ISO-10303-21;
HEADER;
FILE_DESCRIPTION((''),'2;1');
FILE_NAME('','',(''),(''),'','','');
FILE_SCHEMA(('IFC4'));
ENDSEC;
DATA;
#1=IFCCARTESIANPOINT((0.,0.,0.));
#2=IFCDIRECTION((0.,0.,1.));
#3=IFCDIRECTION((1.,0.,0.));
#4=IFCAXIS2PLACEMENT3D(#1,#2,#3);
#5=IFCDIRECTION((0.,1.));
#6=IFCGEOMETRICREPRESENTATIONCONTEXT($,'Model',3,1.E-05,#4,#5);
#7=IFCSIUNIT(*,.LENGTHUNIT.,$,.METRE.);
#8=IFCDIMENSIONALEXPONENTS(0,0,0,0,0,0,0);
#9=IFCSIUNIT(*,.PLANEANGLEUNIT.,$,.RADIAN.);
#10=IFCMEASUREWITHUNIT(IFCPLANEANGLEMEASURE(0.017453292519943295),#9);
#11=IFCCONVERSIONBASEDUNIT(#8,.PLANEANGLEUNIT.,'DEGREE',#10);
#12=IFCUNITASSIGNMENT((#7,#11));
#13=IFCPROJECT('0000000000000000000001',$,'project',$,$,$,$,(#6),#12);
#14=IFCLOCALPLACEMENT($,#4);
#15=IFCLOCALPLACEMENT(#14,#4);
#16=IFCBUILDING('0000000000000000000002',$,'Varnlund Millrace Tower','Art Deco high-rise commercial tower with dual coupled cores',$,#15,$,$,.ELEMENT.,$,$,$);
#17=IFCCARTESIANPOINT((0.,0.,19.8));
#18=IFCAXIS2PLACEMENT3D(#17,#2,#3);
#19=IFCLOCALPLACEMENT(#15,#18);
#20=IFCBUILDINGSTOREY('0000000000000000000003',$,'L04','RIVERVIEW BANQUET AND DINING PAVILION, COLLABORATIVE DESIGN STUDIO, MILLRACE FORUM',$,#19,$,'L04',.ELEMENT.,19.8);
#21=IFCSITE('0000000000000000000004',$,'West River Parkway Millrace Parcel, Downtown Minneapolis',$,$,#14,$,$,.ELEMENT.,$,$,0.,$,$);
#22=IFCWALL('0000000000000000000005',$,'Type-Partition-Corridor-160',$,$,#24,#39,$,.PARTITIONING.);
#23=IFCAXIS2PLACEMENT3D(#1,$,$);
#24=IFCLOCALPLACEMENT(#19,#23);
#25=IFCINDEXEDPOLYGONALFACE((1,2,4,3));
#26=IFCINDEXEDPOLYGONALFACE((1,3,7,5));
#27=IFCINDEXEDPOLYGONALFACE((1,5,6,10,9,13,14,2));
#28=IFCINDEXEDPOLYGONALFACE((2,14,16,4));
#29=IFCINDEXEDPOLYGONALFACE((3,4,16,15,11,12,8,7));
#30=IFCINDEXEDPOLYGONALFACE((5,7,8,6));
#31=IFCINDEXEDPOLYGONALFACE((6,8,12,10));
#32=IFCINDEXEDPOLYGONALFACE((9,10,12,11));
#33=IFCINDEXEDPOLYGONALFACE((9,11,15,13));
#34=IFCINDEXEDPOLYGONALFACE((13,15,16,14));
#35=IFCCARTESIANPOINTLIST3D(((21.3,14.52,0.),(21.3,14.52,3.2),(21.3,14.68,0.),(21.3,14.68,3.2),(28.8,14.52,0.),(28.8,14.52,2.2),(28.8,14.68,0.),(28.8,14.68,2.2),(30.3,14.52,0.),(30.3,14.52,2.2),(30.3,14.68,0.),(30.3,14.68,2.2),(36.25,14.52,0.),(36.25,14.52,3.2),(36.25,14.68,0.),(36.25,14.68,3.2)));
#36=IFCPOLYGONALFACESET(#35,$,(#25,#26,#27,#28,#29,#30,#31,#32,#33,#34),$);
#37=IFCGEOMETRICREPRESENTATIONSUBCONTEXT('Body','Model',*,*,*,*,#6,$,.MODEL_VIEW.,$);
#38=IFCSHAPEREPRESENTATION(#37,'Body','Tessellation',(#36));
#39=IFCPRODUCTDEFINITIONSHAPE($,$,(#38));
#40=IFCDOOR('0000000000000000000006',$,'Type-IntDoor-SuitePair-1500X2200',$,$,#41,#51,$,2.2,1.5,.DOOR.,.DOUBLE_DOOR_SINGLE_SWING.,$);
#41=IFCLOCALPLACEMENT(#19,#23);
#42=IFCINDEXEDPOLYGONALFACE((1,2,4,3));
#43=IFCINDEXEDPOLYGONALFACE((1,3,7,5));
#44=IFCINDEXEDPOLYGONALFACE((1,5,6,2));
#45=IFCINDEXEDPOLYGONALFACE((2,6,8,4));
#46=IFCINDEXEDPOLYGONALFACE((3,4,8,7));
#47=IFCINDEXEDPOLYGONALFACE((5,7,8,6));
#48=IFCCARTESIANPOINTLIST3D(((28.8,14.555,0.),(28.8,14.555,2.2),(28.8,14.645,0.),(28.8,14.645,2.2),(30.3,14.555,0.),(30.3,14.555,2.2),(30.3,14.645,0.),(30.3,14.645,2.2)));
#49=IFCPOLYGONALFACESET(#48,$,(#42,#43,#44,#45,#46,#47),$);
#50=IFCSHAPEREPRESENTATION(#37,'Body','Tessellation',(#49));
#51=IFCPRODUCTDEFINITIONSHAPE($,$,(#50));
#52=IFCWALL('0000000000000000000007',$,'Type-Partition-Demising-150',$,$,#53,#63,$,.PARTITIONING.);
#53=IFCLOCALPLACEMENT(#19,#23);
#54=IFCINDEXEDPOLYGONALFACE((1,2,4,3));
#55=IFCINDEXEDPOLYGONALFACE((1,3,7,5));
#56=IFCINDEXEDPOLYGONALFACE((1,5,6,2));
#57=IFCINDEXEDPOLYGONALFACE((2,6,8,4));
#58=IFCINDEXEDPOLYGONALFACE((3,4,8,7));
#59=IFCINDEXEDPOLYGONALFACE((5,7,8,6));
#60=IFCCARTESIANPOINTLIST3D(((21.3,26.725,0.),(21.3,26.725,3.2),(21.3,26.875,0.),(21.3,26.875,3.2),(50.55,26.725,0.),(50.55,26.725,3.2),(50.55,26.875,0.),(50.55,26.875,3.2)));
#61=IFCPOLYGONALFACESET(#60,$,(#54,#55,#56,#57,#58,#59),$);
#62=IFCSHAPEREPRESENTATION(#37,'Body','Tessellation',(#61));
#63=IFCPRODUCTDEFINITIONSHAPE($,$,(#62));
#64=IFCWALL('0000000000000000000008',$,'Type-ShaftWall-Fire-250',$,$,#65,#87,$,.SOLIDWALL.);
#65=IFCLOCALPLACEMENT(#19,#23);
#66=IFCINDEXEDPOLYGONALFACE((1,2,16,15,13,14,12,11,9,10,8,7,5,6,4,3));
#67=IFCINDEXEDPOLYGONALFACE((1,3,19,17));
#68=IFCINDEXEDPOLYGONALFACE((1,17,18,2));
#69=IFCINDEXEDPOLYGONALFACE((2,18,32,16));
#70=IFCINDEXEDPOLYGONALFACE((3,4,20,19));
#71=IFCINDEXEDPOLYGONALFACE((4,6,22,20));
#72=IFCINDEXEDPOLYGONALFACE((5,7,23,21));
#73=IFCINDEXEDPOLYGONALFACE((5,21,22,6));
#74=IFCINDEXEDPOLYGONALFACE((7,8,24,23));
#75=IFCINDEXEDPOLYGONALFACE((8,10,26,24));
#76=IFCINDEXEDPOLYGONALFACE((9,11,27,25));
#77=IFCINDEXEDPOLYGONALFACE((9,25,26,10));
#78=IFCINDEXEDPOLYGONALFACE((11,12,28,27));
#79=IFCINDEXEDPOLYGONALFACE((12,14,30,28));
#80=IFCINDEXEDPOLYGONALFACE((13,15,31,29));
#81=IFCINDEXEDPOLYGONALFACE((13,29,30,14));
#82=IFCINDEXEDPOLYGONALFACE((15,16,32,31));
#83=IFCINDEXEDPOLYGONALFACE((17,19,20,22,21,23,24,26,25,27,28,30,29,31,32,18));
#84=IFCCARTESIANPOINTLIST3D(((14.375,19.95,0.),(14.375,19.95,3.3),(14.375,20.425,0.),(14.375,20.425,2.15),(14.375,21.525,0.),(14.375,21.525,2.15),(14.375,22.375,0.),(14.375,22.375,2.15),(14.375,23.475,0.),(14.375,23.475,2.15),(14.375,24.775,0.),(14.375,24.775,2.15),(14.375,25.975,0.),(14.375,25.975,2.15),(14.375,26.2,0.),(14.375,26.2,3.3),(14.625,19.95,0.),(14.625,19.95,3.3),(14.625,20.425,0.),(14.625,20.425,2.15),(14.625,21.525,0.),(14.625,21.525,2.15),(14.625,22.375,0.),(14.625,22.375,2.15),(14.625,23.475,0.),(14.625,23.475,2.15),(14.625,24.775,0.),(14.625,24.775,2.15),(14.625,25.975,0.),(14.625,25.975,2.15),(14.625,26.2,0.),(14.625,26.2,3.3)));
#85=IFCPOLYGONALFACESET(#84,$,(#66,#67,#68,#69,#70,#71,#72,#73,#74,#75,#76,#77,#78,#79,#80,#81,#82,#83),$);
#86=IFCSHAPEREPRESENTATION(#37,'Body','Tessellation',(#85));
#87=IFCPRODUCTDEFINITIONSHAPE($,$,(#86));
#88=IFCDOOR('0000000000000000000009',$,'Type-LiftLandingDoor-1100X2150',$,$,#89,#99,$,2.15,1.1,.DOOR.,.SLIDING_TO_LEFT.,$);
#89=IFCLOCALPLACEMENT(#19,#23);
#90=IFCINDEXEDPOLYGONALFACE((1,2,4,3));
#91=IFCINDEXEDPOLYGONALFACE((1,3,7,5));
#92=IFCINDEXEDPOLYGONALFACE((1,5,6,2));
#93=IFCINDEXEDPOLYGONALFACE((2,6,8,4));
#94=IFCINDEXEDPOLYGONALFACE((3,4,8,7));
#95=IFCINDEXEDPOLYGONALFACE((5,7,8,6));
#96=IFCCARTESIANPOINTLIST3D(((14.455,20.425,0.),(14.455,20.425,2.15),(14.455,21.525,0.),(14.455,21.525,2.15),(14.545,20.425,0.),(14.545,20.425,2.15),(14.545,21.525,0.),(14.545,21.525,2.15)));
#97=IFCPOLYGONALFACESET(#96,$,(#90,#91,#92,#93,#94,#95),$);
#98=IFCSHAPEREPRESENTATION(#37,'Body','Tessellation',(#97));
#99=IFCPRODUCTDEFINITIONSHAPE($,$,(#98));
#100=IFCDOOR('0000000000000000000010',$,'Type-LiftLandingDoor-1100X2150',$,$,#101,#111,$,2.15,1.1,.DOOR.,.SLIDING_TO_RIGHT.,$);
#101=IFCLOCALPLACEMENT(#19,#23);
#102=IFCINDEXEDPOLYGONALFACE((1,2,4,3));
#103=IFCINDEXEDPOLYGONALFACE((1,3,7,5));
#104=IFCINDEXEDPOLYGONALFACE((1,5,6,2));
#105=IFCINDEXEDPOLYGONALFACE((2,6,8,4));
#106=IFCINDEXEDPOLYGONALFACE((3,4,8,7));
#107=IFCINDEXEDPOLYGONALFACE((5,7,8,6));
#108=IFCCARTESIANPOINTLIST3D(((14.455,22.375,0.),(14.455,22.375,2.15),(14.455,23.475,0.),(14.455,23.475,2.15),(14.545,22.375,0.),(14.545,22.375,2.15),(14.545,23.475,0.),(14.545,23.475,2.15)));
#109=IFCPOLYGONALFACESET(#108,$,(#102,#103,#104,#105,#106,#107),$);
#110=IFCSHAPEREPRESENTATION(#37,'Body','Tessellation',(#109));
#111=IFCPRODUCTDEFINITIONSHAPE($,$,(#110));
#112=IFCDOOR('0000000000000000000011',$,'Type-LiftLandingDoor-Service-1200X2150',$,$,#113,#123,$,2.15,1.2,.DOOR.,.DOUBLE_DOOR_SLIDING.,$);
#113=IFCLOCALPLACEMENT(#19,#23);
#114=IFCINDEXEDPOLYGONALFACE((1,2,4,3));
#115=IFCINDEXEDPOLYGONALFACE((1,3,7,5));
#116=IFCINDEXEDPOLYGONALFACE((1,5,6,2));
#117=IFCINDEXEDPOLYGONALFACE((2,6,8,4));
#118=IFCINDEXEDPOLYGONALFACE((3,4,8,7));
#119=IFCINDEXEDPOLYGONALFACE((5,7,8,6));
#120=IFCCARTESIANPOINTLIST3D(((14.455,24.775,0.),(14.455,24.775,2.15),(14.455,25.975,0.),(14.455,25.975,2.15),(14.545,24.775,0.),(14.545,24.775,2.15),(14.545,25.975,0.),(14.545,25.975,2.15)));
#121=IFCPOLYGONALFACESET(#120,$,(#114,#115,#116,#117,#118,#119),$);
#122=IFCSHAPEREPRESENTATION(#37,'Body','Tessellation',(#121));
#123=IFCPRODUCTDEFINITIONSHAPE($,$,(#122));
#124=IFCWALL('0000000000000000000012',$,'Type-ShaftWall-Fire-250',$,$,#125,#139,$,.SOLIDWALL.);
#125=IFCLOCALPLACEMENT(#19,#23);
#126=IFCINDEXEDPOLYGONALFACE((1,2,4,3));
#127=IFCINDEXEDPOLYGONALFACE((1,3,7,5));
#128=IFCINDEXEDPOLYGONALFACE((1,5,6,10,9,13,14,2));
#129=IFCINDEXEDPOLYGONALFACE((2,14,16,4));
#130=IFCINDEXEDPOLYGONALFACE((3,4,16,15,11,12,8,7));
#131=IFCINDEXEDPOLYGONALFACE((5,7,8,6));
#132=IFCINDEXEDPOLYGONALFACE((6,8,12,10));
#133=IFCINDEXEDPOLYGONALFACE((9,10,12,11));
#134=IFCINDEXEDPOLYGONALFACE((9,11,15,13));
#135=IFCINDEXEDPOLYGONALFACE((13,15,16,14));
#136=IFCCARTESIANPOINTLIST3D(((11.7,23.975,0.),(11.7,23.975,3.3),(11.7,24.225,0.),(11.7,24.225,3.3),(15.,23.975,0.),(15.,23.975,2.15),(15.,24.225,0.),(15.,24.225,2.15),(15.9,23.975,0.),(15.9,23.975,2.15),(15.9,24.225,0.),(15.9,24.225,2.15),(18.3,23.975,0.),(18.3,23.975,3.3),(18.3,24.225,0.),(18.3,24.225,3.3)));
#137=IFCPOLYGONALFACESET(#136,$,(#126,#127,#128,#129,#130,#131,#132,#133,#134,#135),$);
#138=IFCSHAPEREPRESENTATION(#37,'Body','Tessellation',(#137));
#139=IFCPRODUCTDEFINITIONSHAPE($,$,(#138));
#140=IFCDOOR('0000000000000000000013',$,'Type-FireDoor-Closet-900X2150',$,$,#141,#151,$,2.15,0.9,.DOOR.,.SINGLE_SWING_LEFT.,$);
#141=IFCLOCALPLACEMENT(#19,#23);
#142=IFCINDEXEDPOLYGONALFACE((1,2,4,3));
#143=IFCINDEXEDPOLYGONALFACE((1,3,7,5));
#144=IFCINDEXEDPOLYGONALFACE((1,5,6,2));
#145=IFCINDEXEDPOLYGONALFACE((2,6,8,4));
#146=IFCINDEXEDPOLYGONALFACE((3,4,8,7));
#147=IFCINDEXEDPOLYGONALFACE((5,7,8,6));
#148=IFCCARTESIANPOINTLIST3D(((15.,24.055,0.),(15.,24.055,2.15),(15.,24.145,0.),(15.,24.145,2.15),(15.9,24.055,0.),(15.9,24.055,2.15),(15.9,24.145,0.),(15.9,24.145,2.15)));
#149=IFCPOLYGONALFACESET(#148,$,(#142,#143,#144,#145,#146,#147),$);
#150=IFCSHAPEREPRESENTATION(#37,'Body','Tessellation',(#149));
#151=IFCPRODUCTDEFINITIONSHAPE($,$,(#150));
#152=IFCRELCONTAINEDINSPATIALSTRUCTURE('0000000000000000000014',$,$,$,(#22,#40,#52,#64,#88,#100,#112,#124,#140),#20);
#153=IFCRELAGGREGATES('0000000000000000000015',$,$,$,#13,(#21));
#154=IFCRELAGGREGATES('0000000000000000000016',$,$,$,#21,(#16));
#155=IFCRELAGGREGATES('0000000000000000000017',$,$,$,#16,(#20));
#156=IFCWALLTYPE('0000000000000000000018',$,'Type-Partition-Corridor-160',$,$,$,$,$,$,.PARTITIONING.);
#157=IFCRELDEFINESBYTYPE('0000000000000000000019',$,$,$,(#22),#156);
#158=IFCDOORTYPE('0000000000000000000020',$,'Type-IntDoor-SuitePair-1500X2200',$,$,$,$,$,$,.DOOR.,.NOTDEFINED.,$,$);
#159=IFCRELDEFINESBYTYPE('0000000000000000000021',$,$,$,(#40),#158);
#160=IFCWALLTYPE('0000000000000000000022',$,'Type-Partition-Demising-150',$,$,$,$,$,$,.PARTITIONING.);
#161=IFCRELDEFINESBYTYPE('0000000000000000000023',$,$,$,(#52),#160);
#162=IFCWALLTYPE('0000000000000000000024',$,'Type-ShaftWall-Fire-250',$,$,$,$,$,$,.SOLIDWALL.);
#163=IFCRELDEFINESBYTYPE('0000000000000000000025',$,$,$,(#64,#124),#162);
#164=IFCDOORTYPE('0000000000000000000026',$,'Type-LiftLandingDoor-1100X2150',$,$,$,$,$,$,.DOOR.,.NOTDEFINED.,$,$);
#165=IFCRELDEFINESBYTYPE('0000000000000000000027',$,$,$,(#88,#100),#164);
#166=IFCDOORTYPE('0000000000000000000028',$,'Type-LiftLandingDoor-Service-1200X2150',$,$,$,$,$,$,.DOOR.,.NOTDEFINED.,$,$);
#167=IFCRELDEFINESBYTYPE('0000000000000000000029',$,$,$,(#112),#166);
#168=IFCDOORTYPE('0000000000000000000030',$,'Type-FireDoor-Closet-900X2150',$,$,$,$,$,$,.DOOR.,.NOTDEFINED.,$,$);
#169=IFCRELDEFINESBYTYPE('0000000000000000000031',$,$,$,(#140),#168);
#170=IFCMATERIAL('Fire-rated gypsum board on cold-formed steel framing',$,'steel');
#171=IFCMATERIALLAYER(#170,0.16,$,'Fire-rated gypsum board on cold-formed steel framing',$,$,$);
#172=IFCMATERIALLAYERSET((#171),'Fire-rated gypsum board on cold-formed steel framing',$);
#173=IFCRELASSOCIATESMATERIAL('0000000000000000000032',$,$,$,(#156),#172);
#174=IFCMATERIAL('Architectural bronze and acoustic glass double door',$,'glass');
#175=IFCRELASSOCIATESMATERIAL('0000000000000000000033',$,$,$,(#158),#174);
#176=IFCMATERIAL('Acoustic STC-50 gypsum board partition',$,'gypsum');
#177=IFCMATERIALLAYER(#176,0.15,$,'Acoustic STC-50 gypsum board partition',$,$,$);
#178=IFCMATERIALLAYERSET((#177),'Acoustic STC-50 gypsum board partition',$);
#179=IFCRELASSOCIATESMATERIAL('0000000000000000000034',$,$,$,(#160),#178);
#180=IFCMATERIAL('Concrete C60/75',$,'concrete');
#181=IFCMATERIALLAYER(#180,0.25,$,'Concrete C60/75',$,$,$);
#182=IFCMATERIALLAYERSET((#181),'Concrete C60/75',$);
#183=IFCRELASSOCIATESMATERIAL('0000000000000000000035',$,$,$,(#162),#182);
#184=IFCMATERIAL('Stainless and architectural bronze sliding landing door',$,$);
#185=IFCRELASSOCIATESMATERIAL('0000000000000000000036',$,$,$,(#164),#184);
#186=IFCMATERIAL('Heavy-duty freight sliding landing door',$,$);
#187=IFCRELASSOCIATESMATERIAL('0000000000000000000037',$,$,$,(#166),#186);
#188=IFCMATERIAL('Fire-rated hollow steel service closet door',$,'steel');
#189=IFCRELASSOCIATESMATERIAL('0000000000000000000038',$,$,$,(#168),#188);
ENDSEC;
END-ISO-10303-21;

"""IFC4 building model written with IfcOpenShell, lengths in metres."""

from ifc_helpers import new_model, entity, si_unit, converted_unit, direction, frame, origin_with_axes, origin_2d_with_axis, place, context, subcontext, project, spatial, polyline, rectangle, outline, extrude, material, layer, layer_set, type_object, element, fill, save


model = new_model("IFC4")

# Units and contexts
model_context = context("Model", 3, precision=1e-05, world=origin_with_axes(), true_north=direction((0.0, 1.0)))
body_context = subcontext(model_context, "Body", "Model", "MODEL_VIEW")
ifc_project = project(units=[si_unit("LENGTHUNIT", "METRE"), converted_unit("PLANEANGLEUNIT", "DEGREE", entity("IfcPlaneAngleMeasure", 0.017453292519943295), si_unit("PLANEANGLEUNIT", "RADIAN"), dimensions=[0, 0, 0, 0, 0, 0, 0])], contexts=[model_context])

# Site, building, storey
site_placement = place(None, origin_with_axes())
site = spatial("IfcSite", under=ifc_project, at=site_placement, Name="West River Parkway Millrace Parcel, Downtown Minneapolis", CompositionType="ELEMENT", RefElevation=0.0)
building_placement = place(site_placement, origin_with_axes())
building = spatial("IfcBuilding", under=site, at=building_placement, Name="Varnlund Millrace Tower", Description="Art Deco high-rise commercial tower with dual coupled cores", CompositionType="ELEMENT")
storey_placement = place(building_placement, frame((0.0, 0.0, 19.8), z_axis=(0.0, 0.0, 1.0), x_axis=(1.0, 0.0, 0.0)))
storey = spatial("IfcBuildingStorey", under=building, at=storey_placement, Name="L04", Description="RIVERVIEW BANQUET AND DINING PAVILION, COLLABORATIVE DESIGN STUDIO, MILLRACE FORUM", LongName="L04", CompositionType="ELEMENT", Elevation=19.8)

# Wall, opening, door
ifc_material_1 = material(Name="Fire-rated gypsum board on cold-formed steel framing", Category="steel")
ifc_layer_1 = layer(ifc_material_1, 0.16, Name="Fire-rated gypsum board on cold-formed steel framing")
ifc_layer_set_1 = layer_set([ifc_layer_1], Name="Fire-rated gypsum board on cold-formed steel framing")
wall_type_1 = type_object("IfcWallType", Name="Type-Partition-Corridor-160", PredefinedType="PARTITIONING", material=ifc_layer_set_1)
wall_1_placement = place(storey_placement, frame((21.3, 14.6, 0.0), z_axis=(0.0, 0.0, 1.0), x_axis=(1.0, 0.0, 0.0)))
wall_1 = element("IfcWall", 1, at=wall_1_placement, inside=storey, type_object=wall_type_1, Name="Type-Partition-Corridor-160", PredefinedType="PARTITIONING", context=body_context, shape_type="SweptSolid", body=[
    extrude(outline(polyline([(0.0, -0.08), (14.95, -0.08), (14.95, 0.08), (0.0, 0.08), (0.0, -0.08)])), origin_with_axes(), (0.0, 0.0, 1.0), 3.2),
])
opening_1_placement = place(wall_1_placement, frame((8.25, 0.0, 0.0), z_axis=(0.0, 0.0, 1.0), x_axis=(1.0, 0.0, 0.0)))
opening_1 = element("IfcOpeningElement", 2, at=opening_1_placement, cuts=wall_1, PredefinedType="OPENING", context=body_context, shape_type="SweptSolid", body=[
    extrude(rectangle(XDim=1.5, YDim=0.18, at=origin_2d_with_axis()), origin_with_axes(), (0.0, 0.0, 1.0), 2.2),
])
ifc_material_2 = material(Name="Architectural bronze and acoustic glass double door", Category="glass")
door_type_1 = type_object("IfcDoorType", Name="Type-IntDoor-SuitePair-1500X2200", OperationType="NOTDEFINED", PredefinedType="DOOR", material=ifc_material_2)
door_1_placement = place(wall_1_placement, frame((8.25, 0.0, 0.0), z_axis=(0.0, 0.0, 1.0), x_axis=(1.0, 0.0, 0.0)))
door_1 = element("IfcDoor", 3, at=door_1_placement, inside=storey, type_object=door_type_1, Name="Type-IntDoor-SuitePair-1500X2200", OperationType="DOUBLE_DOOR_SINGLE_SWING", OverallHeight=2.2, OverallWidth=1.5, PredefinedType="DOOR", context=body_context, shape_type="SweptSolid", body=[
    extrude(rectangle(XDim=1.5, YDim=0.09, at=origin_2d_with_axis()), origin_with_axes(), (0.0, 0.0, 1.0), 2.2),
])
fill(opening_1, door_1)

# Wall
ifc_material_3 = material(Name="Acoustic STC-50 gypsum board partition", Category="gypsum")
ifc_layer_2 = layer(ifc_material_3, 0.15, Name="Acoustic STC-50 gypsum board partition")
ifc_layer_set_2 = layer_set([ifc_layer_2], Name="Acoustic STC-50 gypsum board partition")
wall_type_2 = type_object("IfcWallType", Name="Type-Partition-Demising-150", PredefinedType="PARTITIONING", material=ifc_layer_set_2)
wall_2_placement = place(storey_placement, frame((21.3, 26.8, 0.0), z_axis=(0.0, 0.0, 1.0), x_axis=(1.0, 0.0, 0.0)))
element("IfcWall", 4, at=wall_2_placement, inside=storey, type_object=wall_type_2, Name="Type-Partition-Demising-150", PredefinedType="PARTITIONING", context=body_context, shape_type="SweptSolid", body=[
    extrude(outline(polyline([(0.0, -0.075), (29.25, -0.075), (29.25, 0.075), (0.0, 0.075), (0.0, -0.075)])), origin_with_axes(), (0.0, 0.0, 1.0), 3.2),
])

# Wall, openings, doors
ifc_material_4 = material(Name="Concrete C60/75", Category="concrete")
ifc_layer_3 = layer(ifc_material_4, 0.25, Name="Concrete C60/75")
ifc_layer_set_3 = layer_set([ifc_layer_3], Name="Concrete C60/75")
wall_type_3 = type_object("IfcWallType", Name="Type-ShaftWall-Fire-250", PredefinedType="SOLIDWALL", material=ifc_layer_set_3)
wall_3_placement = place(storey_placement, frame((14.5, 19.95, 0.0), z_axis=(0.0, 0.0, 1.0), x_axis=(0.0, 1.0, 0.0)))
wall_3 = element("IfcWall", 5, at=wall_3_placement, inside=storey, type_object=wall_type_3, Name="Type-ShaftWall-Fire-250", PredefinedType="SOLIDWALL", context=body_context, shape_type="SweptSolid", body=[
    extrude(outline(polyline([(0.0, -0.125), (6.25, -0.125), (6.25, 0.125), (0.0, 0.125), (0.0, -0.125)])), origin_with_axes(), (0.0, 0.0, 1.0), 3.3),
])
opening_2_placement = place(wall_3_placement, frame((1.025, 0.0, 0.0), z_axis=(0.0, 0.0, 1.0), x_axis=(1.0, 0.0, 0.0)))
opening_2 = element("IfcOpeningElement", 6, at=opening_2_placement, cuts=wall_3, PredefinedType="OPENING", context=body_context, shape_type="SweptSolid", body=[
    extrude(rectangle(XDim=1.1, YDim=0.27, at=origin_2d_with_axis()), origin_with_axes(), (0.0, 0.0, 1.0), 2.15),
])
opening_3_placement = place(wall_3_placement, frame((2.975, 0.0, 0.0), z_axis=(0.0, 0.0, 1.0), x_axis=(1.0, 0.0, 0.0)))
opening_3 = element("IfcOpeningElement", 7, at=opening_3_placement, cuts=wall_3, PredefinedType="OPENING", context=body_context, shape_type="SweptSolid", body=[
    extrude(rectangle(XDim=1.1, YDim=0.27, at=origin_2d_with_axis()), origin_with_axes(), (0.0, 0.0, 1.0), 2.15),
])
opening_4_placement = place(wall_3_placement, frame((5.425, 0.0, 0.0), z_axis=(0.0, 0.0, 1.0), x_axis=(1.0, 0.0, 0.0)))
opening_4 = element("IfcOpeningElement", 8, at=opening_4_placement, cuts=wall_3, PredefinedType="OPENING", context=body_context, shape_type="SweptSolid", body=[
    extrude(rectangle(XDim=1.2, YDim=0.27, at=origin_2d_with_axis()), origin_with_axes(), (0.0, 0.0, 1.0), 2.15),
])
ifc_material_5 = material(Name="Stainless and architectural bronze sliding landing door")
door_type_2 = type_object("IfcDoorType", Name="Type-LiftLandingDoor-1100X2150", OperationType="NOTDEFINED", PredefinedType="DOOR", material=ifc_material_5)
door_2_placement = place(wall_3_placement, frame((1.025, 0.0, 0.0), z_axis=(0.0, 0.0, 1.0), x_axis=(1.0, 0.0, 0.0)))
door_2 = element("IfcDoor", 9, at=door_2_placement, inside=storey, type_object=door_type_2, Name="Type-LiftLandingDoor-1100X2150", OperationType="SLIDING_TO_LEFT", OverallHeight=2.15, OverallWidth=1.1, PredefinedType="DOOR", context=body_context, shape_type="SweptSolid", body=[
    extrude(rectangle(XDim=1.1, YDim=0.09, at=origin_2d_with_axis()), origin_with_axes(), (0.0, 0.0, 1.0), 2.15),
])
fill(opening_2, door_2)
door_3_placement = place(wall_3_placement, frame((2.975, 0.0, 0.0), z_axis=(0.0, 0.0, 1.0), x_axis=(1.0, 0.0, 0.0)))
door_3 = element("IfcDoor", 10, at=door_3_placement, inside=storey, type_object=door_type_2, Name="Type-LiftLandingDoor-1100X2150", OperationType="SLIDING_TO_RIGHT", OverallHeight=2.15, OverallWidth=1.1, PredefinedType="DOOR", context=body_context, shape_type="SweptSolid", body=[
    extrude(rectangle(XDim=1.1, YDim=0.09, at=origin_2d_with_axis()), origin_with_axes(), (0.0, 0.0, 1.0), 2.15),
])
fill(opening_3, door_3)
ifc_material_6 = material(Name="Heavy-duty freight sliding landing door")
door_type_3 = type_object("IfcDoorType", Name="Type-LiftLandingDoor-Service-1200X2150", OperationType="NOTDEFINED", PredefinedType="DOOR", material=ifc_material_6)
door_4_placement = place(wall_3_placement, frame((5.425, 0.0, 0.0), z_axis=(0.0, 0.0, 1.0), x_axis=(1.0, 0.0, 0.0)))
door_4 = element("IfcDoor", 11, at=door_4_placement, inside=storey, type_object=door_type_3, Name="Type-LiftLandingDoor-Service-1200X2150", OperationType="DOUBLE_DOOR_SLIDING", OverallHeight=2.15, OverallWidth=1.2, PredefinedType="DOOR", context=body_context, shape_type="SweptSolid", body=[
    extrude(rectangle(XDim=1.2, YDim=0.09, at=origin_2d_with_axis()), origin_with_axes(), (0.0, 0.0, 1.0), 2.15),
])
fill(opening_4, door_4)

# Wall, opening, door
wall_4_placement = place(storey_placement, frame((11.7, 24.1, 0.0), z_axis=(0.0, 0.0, 1.0), x_axis=(1.0, 0.0, 0.0)))
wall_4 = element("IfcWall", 12, at=wall_4_placement, inside=storey, type_object=wall_type_3, Name="Type-ShaftWall-Fire-250", PredefinedType="SOLIDWALL", context=body_context, shape_type="SweptSolid", body=[
    extrude(outline(polyline([(0.0, -0.125), (6.6, -0.125), (6.6, 0.125), (0.0, 0.125), (0.0, -0.125)])), origin_with_axes(), (0.0, 0.0, 1.0), 3.3),
])
opening_5_placement = place(wall_4_placement, frame((3.75, 0.0, 0.0), z_axis=(0.0, 0.0, 1.0), x_axis=(1.0, 0.0, 0.0)))
opening_5 = element("IfcOpeningElement", 13, at=opening_5_placement, cuts=wall_4, PredefinedType="OPENING", context=body_context, shape_type="SweptSolid", body=[
    extrude(rectangle(XDim=0.9, YDim=0.27, at=origin_2d_with_axis()), origin_with_axes(), (0.0, 0.0, 1.0), 2.15),
])
ifc_material_7 = material(Name="Fire-rated hollow steel service closet door", Category="steel")
door_type_4 = type_object("IfcDoorType", Name="Type-FireDoor-Closet-900X2150", OperationType="NOTDEFINED", PredefinedType="DOOR", material=ifc_material_7)
door_5_placement = place(wall_4_placement, frame((3.75, 0.0, 0.0), z_axis=(0.0, 0.0, 1.0), x_axis=(1.0, 0.0, 0.0)))
door_5 = element("IfcDoor", 14, at=door_5_placement, inside=storey, type_object=door_type_4, Name="Type-FireDoor-Closet-900X2150", OperationType="SINGLE_SWING_LEFT", OverallHeight=2.15, OverallWidth=0.9, PredefinedType="DOOR", context=body_context, shape_type="SweptSolid", body=[
    extrude(rectangle(XDim=0.9, YDim=0.09, at=origin_2d_with_axis()), origin_with_axes(), (0.0, 0.0, 1.0), 2.15),
])
fill(opening_5, door_5)

save(model, "model.ifc")
